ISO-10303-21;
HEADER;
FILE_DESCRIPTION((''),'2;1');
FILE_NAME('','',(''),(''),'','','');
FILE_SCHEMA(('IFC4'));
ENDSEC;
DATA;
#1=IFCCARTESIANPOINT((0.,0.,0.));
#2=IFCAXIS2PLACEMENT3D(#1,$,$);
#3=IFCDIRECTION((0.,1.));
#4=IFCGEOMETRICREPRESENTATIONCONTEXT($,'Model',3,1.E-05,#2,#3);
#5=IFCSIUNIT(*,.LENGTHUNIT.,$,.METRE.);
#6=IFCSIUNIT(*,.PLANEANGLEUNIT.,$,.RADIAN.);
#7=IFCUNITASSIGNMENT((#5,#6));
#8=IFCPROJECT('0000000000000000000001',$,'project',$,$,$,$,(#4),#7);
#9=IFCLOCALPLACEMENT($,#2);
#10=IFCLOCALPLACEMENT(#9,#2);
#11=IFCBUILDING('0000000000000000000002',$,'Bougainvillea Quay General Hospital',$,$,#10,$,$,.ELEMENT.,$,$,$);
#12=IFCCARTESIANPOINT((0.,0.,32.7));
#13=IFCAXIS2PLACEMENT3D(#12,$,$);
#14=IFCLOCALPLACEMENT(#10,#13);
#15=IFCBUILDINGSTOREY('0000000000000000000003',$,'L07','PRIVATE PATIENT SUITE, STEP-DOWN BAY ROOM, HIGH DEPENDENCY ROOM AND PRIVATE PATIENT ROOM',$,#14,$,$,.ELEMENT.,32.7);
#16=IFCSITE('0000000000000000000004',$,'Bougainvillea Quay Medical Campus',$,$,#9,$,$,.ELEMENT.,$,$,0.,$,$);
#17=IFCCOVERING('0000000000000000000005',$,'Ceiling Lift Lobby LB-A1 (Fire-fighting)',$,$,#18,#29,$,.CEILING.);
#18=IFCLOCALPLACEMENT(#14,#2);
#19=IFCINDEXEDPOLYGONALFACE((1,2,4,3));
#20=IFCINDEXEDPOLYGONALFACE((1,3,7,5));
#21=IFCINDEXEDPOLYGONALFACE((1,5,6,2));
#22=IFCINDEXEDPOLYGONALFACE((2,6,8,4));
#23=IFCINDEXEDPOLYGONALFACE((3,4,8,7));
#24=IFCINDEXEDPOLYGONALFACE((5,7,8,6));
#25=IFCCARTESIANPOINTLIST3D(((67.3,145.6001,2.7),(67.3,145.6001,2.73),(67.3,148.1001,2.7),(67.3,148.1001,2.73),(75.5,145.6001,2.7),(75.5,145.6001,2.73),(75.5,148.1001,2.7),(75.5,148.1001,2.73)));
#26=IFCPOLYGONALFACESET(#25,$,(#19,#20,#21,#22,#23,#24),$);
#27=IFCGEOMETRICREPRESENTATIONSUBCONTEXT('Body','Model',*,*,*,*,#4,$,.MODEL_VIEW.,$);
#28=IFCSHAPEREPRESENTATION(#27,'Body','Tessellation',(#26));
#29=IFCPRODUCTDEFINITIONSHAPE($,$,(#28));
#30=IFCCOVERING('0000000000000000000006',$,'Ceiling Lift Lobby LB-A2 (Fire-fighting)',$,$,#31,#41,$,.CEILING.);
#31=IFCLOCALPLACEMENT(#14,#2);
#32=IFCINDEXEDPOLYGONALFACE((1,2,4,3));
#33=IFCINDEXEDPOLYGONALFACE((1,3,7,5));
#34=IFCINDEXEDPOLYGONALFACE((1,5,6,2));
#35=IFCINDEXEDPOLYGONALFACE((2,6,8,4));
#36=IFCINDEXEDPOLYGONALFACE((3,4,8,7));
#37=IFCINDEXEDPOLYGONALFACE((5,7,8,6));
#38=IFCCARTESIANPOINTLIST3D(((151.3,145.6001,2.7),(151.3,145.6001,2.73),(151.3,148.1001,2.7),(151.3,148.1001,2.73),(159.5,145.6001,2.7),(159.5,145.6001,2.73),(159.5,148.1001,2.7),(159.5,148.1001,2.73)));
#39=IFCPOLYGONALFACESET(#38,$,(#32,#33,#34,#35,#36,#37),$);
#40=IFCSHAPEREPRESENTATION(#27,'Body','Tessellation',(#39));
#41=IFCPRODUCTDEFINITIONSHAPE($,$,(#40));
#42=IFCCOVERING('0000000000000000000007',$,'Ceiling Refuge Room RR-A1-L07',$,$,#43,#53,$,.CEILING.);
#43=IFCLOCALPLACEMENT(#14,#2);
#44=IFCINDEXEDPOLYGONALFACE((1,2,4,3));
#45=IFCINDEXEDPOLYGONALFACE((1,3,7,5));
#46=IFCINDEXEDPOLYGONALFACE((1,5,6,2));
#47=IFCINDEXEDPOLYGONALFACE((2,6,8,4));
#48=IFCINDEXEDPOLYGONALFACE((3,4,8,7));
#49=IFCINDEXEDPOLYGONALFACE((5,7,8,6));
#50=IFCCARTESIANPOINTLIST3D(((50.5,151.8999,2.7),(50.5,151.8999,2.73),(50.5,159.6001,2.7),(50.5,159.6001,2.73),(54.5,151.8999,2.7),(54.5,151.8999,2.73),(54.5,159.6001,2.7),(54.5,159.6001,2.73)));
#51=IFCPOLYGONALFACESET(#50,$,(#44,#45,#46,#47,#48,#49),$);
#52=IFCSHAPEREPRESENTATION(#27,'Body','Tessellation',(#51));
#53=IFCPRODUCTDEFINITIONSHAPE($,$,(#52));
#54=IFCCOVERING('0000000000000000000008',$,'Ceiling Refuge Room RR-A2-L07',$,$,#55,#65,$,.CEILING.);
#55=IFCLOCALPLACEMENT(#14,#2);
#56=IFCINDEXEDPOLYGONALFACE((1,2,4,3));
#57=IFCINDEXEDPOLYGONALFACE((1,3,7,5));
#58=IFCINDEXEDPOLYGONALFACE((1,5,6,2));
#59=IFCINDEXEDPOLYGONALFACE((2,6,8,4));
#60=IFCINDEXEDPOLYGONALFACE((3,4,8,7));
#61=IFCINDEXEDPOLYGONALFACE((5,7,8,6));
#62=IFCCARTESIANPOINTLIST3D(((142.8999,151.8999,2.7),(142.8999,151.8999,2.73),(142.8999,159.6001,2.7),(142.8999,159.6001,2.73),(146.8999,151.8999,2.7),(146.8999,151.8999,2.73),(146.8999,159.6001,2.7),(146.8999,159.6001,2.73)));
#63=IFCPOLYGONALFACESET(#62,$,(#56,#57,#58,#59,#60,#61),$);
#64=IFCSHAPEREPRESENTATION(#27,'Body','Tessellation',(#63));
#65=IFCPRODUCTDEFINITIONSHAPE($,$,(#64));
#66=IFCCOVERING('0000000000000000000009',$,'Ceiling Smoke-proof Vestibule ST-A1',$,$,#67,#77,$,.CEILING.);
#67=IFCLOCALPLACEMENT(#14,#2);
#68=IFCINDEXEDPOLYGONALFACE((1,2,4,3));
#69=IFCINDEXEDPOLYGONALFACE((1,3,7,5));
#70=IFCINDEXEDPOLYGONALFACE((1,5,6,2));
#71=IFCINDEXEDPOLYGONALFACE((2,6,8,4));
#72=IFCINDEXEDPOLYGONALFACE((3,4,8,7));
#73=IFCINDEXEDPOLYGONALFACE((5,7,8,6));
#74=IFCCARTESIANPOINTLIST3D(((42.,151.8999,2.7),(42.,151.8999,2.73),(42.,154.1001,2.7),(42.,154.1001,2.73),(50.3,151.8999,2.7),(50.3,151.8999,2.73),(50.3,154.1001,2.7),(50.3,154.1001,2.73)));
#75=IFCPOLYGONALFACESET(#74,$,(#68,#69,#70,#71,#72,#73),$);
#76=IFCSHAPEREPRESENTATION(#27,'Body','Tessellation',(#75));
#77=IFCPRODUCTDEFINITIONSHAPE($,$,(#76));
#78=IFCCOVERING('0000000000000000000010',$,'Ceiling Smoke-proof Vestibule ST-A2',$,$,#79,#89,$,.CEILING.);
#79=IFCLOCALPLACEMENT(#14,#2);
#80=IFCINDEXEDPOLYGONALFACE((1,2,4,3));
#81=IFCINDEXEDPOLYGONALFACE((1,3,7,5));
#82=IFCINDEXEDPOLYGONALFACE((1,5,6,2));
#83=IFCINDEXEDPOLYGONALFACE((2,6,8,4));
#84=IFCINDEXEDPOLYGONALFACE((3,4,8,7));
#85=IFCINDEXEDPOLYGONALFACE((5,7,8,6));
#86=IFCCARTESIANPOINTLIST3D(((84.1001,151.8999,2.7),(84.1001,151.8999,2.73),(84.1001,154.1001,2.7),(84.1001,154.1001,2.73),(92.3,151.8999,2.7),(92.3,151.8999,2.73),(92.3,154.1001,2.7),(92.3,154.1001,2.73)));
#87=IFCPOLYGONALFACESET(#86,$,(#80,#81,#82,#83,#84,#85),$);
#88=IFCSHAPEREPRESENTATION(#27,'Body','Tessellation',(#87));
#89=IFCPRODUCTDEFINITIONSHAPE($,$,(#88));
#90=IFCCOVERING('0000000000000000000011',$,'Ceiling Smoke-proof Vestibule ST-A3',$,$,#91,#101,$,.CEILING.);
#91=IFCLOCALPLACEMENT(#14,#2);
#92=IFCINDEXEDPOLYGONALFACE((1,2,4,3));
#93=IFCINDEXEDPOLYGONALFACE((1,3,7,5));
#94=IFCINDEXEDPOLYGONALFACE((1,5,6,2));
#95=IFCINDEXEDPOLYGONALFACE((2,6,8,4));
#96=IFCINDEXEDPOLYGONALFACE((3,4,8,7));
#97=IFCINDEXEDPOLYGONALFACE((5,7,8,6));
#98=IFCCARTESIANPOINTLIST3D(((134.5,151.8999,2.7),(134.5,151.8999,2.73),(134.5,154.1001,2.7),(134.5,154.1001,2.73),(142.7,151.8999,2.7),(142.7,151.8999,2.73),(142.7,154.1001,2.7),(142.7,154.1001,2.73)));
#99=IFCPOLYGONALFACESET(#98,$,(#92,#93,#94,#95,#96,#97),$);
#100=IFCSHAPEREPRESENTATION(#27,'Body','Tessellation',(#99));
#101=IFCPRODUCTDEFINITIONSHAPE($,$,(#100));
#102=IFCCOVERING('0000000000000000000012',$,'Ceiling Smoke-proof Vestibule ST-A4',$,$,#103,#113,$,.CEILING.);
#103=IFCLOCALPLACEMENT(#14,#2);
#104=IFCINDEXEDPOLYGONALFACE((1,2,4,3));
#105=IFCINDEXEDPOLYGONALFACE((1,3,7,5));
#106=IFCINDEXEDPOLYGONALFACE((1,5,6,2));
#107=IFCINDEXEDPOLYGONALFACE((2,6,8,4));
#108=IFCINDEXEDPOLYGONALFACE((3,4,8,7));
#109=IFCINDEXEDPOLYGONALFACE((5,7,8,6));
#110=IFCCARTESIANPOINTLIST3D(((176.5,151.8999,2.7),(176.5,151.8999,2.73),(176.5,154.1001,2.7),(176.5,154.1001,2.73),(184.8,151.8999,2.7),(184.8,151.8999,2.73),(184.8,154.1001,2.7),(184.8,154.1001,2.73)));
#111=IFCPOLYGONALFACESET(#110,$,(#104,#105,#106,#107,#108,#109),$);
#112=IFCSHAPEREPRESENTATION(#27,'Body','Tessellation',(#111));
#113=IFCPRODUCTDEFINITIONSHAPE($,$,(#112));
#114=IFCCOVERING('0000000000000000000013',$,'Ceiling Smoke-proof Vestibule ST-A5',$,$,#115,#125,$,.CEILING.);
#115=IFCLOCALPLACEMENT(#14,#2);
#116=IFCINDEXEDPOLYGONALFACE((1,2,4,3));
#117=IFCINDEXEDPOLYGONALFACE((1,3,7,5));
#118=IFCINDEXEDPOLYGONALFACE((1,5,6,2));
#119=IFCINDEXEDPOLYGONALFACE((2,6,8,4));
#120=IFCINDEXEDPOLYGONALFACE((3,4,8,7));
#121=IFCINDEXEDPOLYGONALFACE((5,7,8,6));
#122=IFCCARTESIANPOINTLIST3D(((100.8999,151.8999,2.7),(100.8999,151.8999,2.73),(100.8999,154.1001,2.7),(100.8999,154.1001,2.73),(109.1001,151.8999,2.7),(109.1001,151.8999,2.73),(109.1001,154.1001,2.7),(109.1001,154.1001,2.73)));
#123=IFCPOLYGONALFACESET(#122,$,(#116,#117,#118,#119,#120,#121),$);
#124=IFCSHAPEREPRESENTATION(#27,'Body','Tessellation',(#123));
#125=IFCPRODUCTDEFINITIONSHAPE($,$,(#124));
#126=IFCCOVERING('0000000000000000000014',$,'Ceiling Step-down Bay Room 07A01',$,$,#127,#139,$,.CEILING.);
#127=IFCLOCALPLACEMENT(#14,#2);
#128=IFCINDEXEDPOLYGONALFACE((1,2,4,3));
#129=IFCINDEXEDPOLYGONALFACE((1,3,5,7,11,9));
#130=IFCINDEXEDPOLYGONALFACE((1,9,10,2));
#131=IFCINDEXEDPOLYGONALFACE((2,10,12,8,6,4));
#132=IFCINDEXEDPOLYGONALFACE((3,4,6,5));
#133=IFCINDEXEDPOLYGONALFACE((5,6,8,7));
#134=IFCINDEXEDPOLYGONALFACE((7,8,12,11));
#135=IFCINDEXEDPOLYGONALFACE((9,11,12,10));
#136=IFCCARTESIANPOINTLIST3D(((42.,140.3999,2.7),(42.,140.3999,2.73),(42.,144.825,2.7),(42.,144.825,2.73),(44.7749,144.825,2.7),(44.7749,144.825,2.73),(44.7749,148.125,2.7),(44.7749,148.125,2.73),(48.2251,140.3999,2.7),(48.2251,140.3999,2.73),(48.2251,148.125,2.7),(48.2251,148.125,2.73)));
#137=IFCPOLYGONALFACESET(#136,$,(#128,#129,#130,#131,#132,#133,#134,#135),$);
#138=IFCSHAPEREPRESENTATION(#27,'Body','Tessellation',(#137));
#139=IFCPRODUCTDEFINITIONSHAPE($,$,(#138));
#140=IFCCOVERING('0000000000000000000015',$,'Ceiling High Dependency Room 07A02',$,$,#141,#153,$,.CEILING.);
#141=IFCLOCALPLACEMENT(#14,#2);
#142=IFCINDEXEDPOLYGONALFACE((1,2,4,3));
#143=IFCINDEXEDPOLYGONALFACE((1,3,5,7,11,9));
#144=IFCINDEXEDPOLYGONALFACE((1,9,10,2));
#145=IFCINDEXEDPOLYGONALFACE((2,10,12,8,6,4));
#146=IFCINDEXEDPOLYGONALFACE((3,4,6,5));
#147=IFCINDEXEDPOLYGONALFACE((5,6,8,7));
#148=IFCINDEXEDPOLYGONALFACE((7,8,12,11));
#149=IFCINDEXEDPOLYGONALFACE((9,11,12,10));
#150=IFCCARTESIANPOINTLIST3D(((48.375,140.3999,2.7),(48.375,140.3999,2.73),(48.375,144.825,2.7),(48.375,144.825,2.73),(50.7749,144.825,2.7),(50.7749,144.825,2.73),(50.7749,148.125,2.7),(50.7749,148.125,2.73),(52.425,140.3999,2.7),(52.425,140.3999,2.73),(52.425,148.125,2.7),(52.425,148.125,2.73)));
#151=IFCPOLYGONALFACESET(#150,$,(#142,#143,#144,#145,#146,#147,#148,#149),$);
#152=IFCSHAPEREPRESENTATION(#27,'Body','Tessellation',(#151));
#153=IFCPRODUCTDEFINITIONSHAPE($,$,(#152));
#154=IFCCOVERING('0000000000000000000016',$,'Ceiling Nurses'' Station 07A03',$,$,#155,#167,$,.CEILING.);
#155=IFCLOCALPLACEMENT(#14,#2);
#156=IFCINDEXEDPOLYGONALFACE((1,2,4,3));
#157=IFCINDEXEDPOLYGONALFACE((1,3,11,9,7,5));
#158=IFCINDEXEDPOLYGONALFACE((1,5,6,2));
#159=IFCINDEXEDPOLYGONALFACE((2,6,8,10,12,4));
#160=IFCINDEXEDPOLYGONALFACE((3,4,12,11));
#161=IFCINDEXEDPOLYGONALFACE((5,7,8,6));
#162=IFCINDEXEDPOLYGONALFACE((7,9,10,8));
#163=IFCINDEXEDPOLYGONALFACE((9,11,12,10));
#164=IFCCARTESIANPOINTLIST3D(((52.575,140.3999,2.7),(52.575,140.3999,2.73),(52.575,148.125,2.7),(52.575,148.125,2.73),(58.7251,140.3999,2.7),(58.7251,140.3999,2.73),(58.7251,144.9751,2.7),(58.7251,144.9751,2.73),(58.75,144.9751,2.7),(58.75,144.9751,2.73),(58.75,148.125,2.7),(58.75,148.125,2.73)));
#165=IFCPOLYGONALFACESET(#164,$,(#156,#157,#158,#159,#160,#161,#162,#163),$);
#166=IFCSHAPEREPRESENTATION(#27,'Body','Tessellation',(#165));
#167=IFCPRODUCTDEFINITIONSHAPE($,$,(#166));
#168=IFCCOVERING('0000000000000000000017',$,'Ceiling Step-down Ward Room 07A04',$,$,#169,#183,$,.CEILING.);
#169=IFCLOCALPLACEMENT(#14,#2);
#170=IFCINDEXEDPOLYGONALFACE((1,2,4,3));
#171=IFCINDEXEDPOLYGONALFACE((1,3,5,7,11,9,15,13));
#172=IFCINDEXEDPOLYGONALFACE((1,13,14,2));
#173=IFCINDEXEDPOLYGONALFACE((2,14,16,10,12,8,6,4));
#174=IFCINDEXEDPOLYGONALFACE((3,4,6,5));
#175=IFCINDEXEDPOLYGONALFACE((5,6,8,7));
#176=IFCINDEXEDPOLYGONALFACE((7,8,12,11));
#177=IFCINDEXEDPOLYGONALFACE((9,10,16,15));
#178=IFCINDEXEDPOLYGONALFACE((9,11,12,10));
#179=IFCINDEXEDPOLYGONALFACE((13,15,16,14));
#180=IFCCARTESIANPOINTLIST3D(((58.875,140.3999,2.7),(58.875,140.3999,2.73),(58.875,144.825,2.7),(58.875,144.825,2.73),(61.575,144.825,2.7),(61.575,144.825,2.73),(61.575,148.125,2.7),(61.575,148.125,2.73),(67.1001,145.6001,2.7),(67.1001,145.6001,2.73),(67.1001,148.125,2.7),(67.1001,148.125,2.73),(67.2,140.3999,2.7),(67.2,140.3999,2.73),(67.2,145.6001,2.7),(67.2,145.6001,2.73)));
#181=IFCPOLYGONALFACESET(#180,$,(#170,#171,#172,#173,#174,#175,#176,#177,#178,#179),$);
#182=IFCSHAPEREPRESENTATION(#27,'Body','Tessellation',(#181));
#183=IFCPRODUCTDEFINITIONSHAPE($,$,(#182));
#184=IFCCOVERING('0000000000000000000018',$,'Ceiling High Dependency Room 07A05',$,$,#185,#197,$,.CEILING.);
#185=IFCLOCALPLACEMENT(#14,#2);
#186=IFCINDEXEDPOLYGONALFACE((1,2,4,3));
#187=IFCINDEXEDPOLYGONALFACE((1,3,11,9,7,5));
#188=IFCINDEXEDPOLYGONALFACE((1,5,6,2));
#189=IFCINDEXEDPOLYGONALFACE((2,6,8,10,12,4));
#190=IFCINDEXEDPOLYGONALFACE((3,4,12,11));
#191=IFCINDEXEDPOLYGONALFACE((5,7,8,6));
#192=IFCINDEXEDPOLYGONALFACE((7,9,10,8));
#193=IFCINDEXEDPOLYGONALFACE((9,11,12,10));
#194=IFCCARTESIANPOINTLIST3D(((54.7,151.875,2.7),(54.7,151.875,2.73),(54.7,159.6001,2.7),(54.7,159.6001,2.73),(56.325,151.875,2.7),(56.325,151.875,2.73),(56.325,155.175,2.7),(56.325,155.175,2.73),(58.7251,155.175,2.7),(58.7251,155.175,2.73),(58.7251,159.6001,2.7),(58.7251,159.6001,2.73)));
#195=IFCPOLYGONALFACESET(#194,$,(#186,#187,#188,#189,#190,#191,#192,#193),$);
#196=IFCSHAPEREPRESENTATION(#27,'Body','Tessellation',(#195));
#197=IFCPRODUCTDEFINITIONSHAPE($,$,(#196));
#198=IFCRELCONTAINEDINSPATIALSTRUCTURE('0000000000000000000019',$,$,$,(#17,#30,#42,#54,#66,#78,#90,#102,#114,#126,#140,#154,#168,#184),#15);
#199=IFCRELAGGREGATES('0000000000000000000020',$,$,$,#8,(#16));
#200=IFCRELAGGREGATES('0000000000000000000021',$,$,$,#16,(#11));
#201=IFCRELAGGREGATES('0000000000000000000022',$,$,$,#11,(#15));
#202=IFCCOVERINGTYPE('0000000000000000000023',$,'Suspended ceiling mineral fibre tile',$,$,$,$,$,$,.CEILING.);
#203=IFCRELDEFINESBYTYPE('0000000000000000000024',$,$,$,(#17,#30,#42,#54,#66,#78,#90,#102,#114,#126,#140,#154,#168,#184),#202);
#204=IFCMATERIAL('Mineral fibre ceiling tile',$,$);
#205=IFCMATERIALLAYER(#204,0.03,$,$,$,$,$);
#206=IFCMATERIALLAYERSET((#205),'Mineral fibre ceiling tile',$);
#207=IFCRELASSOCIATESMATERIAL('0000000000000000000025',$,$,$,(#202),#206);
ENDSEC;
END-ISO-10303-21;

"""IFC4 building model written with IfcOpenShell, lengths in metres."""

from ifc_helpers import new_model, si_unit, direction, frame, origin, place, context, subcontext, project, spatial, polyline, outline, extrude, material, layer, layer_set, type_object, element, save


model = new_model("IFC4")

# Units and contexts
model_context = context("Model", 3, precision=1e-05, world=origin(), true_north=direction((0.0, 1.0)))
body_context = subcontext(model_context, "Body", "Model", "MODEL_VIEW")
ifc_project = project(units=[si_unit("LENGTHUNIT", "METRE"), si_unit("PLANEANGLEUNIT", "RADIAN")], contexts=[model_context])

# Site, building, storey
site_placement = place(None, origin())
site = spatial("IfcSite", under=ifc_project, at=site_placement, Name="Bougainvillea Quay Medical Campus", CompositionType="ELEMENT", RefElevation=0.0)
building_placement = place(site_placement, origin())
building = spatial("IfcBuilding", under=site, at=building_placement, Name="Bougainvillea Quay General Hospital", CompositionType="ELEMENT")
storey_placement = place(building_placement, frame((0.0, 0.0, 32.7)))
storey = spatial("IfcBuildingStorey", under=building, at=storey_placement, Name="L07", Description="PRIVATE PATIENT SUITE, STEP-DOWN BAY ROOM, HIGH DEPENDENCY ROOM AND PRIVATE PATIENT ROOM", CompositionType="ELEMENT", Elevation=32.7)

# Coverings
ifc_material = material(Name="Mineral fibre ceiling tile")
ifc_layer = layer(ifc_material, 0.03)
ifc_layer_set = layer_set([ifc_layer], Name="Mineral fibre ceiling tile")
covering_type = type_object("IfcCoveringType", Name="Suspended ceiling mineral fibre tile", PredefinedType="CEILING", material=ifc_layer_set)
covering_1_placement = place(storey_placement, frame((0.0, 0.0, 2.7)))
element("IfcCovering", 1, at=covering_1_placement, inside=storey, type_object=covering_type, Name="Ceiling Lift Lobby LB-A1 (Fire-fighting)", PredefinedType="CEILING", context=body_context, shape_type="SweptSolid", body=[
    extrude(outline(polyline([(75.5, 145.6001), (75.5, 148.1001), (67.3, 148.1001), (67.3, 145.6001), (75.5, 145.6001)])), origin(), (0.0, 0.0, 1.0), 0.03),
])
covering_2_placement = place(storey_placement, frame((0.0, 0.0, 2.7)))
element("IfcCovering", 2, at=covering_2_placement, inside=storey, type_object=covering_type, Name="Ceiling Lift Lobby LB-A2 (Fire-fighting)", PredefinedType="CEILING", context=body_context, shape_type="SweptSolid", body=[
    extrude(outline(polyline([(159.5, 145.6001), (159.5, 148.1001), (151.3, 148.1001), (151.3, 145.6001), (159.5, 145.6001)])), origin(), (0.0, 0.0, 1.0), 0.03),
])
covering_3_placement = place(storey_placement, frame((0.0, 0.0, 2.7)))
element("IfcCovering", 3, at=covering_3_placement, inside=storey, type_object=covering_type, Name="Ceiling Refuge Room RR-A1-L07", PredefinedType="CEILING", context=body_context, shape_type="SweptSolid", body=[
    extrude(outline(polyline([(50.5, 159.6001), (50.5, 151.8999), (54.5, 151.8999), (54.5, 159.6001), (50.5, 159.6001)])), origin(), (0.0, 0.0, 1.0), 0.03),
])
covering_4_placement = place(storey_placement, frame((0.0, 0.0, 2.7)))
element("IfcCovering", 4, at=covering_4_placement, inside=storey, type_object=covering_type, Name="Ceiling Refuge Room RR-A2-L07", PredefinedType="CEILING", context=body_context, shape_type="SweptSolid", body=[
    extrude(outline(polyline([(142.8999, 159.6001), (142.8999, 151.8999), (146.8999, 151.8999), (146.8999, 159.6001), (142.8999, 159.6001)])), origin(), (0.0, 0.0, 1.0), 0.03),
])
covering_5_placement = place(storey_placement, frame((0.0, 0.0, 2.7)))
element("IfcCovering", 5, at=covering_5_placement, inside=storey, type_object=covering_type, Name="Ceiling Smoke-proof Vestibule ST-A1", PredefinedType="CEILING", context=body_context, shape_type="SweptSolid", body=[
    extrude(outline(polyline([(42.0, 151.8999), (50.3, 151.8999), (50.3, 154.1001), (42.0, 154.1001), (42.0, 151.8999)])), origin(), (0.0, 0.0, 1.0), 0.03),
])
covering_6_placement = place(storey_placement, frame((0.0, 0.0, 2.7)))
element("IfcCovering", 6, at=covering_6_placement, inside=storey, type_object=covering_type, Name="Ceiling Smoke-proof Vestibule ST-A2", PredefinedType="CEILING", context=body_context, shape_type="SweptSolid", body=[
    extrude(outline(polyline([(84.1001, 154.1001), (84.1001, 151.8999), (92.3, 151.8999), (92.3, 154.1001), (84.1001, 154.1001)])), origin(), (0.0, 0.0, 1.0), 0.03),
])
covering_7_placement = place(storey_placement, frame((0.0, 0.0, 2.7)))
element("IfcCovering", 7, at=covering_7_placement, inside=storey, type_object=covering_type, Name="Ceiling Smoke-proof Vestibule ST-A3", PredefinedType="CEILING", context=body_context, shape_type="SweptSolid", body=[
    extrude(outline(polyline([(134.5, 151.8999), (142.7, 151.8999), (142.7, 154.1001), (134.5, 154.1001), (134.5, 151.8999)])), origin(), (0.0, 0.0, 1.0), 0.03),
])
covering_8_placement = place(storey_placement, frame((0.0, 0.0, 2.7)))
element("IfcCovering", 8, at=covering_8_placement, inside=storey, type_object=covering_type, Name="Ceiling Smoke-proof Vestibule ST-A4", PredefinedType="CEILING", context=body_context, shape_type="SweptSolid", body=[
    extrude(outline(polyline([(184.8, 154.1001), (176.5, 154.1001), (176.5, 151.8999), (184.8, 151.8999), (184.8, 154.1001)])), origin(), (0.0, 0.0, 1.0), 0.03),
])
covering_9_placement = place(storey_placement, frame((0.0, 0.0, 2.7)))
element("IfcCovering", 9, at=covering_9_placement, inside=storey, type_object=covering_type, Name="Ceiling Smoke-proof Vestibule ST-A5", PredefinedType="CEILING", context=body_context, shape_type="SweptSolid", body=[
    extrude(outline(polyline([(100.8999, 154.1001), (100.8999, 151.8999), (109.1001, 151.8999), (109.1001, 154.1001), (100.8999, 154.1001)])), origin(), (0.0, 0.0, 1.0), 0.03),
])
covering_10_placement = place(storey_placement, frame((0.0, 0.0, 2.7)))
element("IfcCovering", 10, at=covering_10_placement, inside=storey, type_object=covering_type, Name="Ceiling Step-down Bay Room 07A01", PredefinedType="CEILING", context=body_context, shape_type="SweptSolid", body=[
    extrude(outline(polyline([(48.2251, 140.3999), (48.2251, 148.125), (44.7749, 148.125), (44.7749, 144.825), (42.0, 144.825), (42.0, 140.3999), (48.2251, 140.3999)])), origin(), (0.0, 0.0, 1.0), 0.03),
])
covering_11_placement = place(storey_placement, frame((0.0, 0.0, 2.7)))
element("IfcCovering", 11, at=covering_11_placement, inside=storey, type_object=covering_type, Name="Ceiling High Dependency Room 07A02", PredefinedType="CEILING", context=body_context, shape_type="SweptSolid", body=[
    extrude(outline(polyline([(52.425, 140.3999), (52.425, 148.125), (50.7749, 148.125), (50.7749, 144.825), (48.375, 144.825), (48.375, 140.3999), (52.425, 140.3999)])), origin(), (0.0, 0.0, 1.0), 0.03),
])
covering_12_placement = place(storey_placement, frame((0.0, 0.0, 2.7)))
element("IfcCovering", 12, at=covering_12_placement, inside=storey, type_object=covering_type, Name="Ceiling Nurses' Station 07A03", PredefinedType="CEILING", context=body_context, shape_type="SweptSolid", body=[
    extrude(outline(polyline([(58.7251, 140.3999), (58.7251, 144.9751), (58.75, 144.9751), (58.75, 148.125), (52.575, 148.125), (52.575, 140.3999), (58.7251, 140.3999)])), origin(), (0.0, 0.0, 1.0), 0.03),
])
covering_13_placement = place(storey_placement, frame((0.0, 0.0, 2.7)))
element("IfcCovering", 13, at=covering_13_placement, inside=storey, type_object=covering_type, Name="Ceiling Step-down Ward Room 07A04", PredefinedType="CEILING", context=body_context, shape_type="SweptSolid", body=[
    extrude(outline(polyline([(67.2, 145.6001), (67.1001, 145.6001), (67.1001, 148.125), (61.575, 148.125), (61.575, 144.825), (58.875, 144.825), (58.875, 140.3999), (67.2, 140.3999), (67.2, 145.6001)])), origin(), (0.0, 0.0, 1.0), 0.03),
])
covering_14_placement = place(storey_placement, frame((0.0, 0.0, 2.7)))
element("IfcCovering", 14, at=covering_14_placement, inside=storey, type_object=covering_type, Name="Ceiling High Dependency Room 07A05", PredefinedType="CEILING", context=body_context, shape_type="SweptSolid", body=[
    extrude(outline(polyline([(54.7, 159.6001), (54.7, 151.875), (56.325, 151.875), (56.325, 155.175), (58.7251, 155.175), (58.7251, 159.6001), (54.7, 159.6001)])), origin(), (0.0, 0.0, 1.0), 0.03),
])

save(model, "model.ifc")
